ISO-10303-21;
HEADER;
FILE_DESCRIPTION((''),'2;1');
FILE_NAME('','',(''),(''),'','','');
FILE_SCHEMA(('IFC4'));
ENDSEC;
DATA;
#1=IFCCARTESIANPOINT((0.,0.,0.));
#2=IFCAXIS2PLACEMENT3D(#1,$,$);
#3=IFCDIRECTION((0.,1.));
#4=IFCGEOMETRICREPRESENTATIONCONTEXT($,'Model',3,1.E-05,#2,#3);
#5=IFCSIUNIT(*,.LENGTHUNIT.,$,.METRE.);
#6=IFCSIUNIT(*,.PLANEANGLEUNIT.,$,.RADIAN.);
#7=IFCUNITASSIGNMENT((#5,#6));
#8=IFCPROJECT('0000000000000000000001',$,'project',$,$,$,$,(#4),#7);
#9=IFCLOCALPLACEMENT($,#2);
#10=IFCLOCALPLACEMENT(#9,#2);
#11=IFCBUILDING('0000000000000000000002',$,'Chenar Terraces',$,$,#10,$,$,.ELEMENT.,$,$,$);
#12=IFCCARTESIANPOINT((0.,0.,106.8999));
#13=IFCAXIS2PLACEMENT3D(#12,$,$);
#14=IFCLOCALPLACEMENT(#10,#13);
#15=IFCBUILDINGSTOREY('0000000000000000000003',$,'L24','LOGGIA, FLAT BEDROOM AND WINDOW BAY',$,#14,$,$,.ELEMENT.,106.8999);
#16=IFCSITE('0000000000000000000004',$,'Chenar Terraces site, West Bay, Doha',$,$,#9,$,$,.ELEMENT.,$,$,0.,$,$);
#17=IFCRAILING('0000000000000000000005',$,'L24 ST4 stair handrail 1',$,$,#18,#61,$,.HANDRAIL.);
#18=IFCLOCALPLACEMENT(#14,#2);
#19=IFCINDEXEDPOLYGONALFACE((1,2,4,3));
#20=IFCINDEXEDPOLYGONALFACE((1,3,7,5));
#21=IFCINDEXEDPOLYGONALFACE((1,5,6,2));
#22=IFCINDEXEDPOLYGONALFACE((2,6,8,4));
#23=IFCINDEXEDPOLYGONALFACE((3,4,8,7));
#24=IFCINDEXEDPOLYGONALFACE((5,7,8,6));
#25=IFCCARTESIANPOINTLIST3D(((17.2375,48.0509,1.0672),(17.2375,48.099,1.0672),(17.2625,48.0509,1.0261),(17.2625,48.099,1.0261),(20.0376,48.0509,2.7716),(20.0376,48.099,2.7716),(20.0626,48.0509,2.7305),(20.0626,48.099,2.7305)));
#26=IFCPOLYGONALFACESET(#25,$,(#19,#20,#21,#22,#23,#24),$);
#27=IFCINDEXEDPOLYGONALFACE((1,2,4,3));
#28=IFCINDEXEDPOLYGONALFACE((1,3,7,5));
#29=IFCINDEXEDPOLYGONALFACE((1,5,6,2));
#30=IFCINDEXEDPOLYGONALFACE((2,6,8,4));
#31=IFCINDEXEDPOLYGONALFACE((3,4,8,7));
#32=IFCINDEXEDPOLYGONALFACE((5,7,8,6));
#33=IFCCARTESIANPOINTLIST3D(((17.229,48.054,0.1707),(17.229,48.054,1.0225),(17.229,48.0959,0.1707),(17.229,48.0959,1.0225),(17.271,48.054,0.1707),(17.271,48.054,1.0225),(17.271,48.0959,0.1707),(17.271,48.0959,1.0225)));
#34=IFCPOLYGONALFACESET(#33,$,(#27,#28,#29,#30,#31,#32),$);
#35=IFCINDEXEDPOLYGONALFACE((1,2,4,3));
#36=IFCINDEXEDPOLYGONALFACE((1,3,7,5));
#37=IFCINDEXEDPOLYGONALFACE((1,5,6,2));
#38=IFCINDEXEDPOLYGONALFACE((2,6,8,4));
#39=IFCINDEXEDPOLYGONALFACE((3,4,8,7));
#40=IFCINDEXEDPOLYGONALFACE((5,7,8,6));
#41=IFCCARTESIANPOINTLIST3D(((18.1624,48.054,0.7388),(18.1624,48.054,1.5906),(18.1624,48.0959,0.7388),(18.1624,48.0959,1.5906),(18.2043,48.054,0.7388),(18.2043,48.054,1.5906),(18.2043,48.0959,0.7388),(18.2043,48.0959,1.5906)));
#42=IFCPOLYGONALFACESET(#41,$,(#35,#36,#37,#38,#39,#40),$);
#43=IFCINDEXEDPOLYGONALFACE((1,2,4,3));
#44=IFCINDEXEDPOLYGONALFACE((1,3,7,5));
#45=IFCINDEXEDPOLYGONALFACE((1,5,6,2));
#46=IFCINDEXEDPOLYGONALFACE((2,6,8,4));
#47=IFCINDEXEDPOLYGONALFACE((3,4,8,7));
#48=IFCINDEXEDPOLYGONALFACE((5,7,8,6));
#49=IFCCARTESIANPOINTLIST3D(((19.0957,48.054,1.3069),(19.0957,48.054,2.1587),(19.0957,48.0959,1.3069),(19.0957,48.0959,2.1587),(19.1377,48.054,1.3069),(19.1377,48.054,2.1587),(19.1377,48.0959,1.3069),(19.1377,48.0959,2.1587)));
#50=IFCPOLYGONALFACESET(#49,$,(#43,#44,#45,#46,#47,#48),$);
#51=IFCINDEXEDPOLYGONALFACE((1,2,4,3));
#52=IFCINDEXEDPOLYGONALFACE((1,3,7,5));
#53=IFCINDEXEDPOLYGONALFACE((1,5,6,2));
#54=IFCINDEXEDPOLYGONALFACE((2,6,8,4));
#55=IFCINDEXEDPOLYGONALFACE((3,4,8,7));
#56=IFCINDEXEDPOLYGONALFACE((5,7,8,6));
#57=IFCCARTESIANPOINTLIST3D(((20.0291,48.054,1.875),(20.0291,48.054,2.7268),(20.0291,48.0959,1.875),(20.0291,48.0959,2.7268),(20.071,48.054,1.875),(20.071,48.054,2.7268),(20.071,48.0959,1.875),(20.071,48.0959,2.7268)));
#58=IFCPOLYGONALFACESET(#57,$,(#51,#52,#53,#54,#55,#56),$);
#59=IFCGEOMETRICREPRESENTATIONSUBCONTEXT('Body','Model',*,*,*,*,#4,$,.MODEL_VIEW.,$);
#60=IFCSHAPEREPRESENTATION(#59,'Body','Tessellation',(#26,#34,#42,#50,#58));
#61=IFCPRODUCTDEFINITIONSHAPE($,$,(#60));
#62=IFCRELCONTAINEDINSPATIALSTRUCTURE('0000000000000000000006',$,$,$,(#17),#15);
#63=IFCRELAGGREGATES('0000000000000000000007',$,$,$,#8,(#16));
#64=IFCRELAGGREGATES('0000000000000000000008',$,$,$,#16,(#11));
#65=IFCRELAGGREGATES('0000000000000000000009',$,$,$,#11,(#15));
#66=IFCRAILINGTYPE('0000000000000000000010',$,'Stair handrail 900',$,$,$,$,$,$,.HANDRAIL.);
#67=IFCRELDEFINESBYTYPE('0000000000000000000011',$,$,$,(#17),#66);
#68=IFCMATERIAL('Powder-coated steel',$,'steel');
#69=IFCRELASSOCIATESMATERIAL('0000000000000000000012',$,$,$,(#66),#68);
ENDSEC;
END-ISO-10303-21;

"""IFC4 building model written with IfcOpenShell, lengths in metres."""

from ifc_helpers import new_model, si_unit, direction, frame, origin, origin_2d, place, context, subcontext, project, spatial, rectangle, extrude, material, type_object, element, save


model = new_model("IFC4")

# Units and contexts
model_context = context("Model", 3, precision=1e-05, world=origin(), true_north=direction((0.0, 1.0)))
body_context = subcontext(model_context, "Body", "Model", "MODEL_VIEW")
ifc_project = project(units=[si_unit("LENGTHUNIT", "METRE"), si_unit("PLANEANGLEUNIT", "RADIAN")], contexts=[model_context])

# Site, building, storey
site_placement = place(None, origin())
site = spatial("IfcSite", under=ifc_project, at=site_placement, Name="Chenar Terraces site, West Bay, Doha", CompositionType="ELEMENT", RefElevation=0.0)
building_placement = place(site_placement, origin())
building = spatial("IfcBuilding", under=site, at=building_placement, Name="Chenar Terraces", CompositionType="ELEMENT")
storey_placement = place(building_placement, frame((0.0, 0.0, 106.8999)))
storey = spatial("IfcBuildingStorey", under=building, at=storey_placement, Name="L24", Description="LOGGIA, FLAT BEDROOM AND WINDOW BAY", CompositionType="ELEMENT", Elevation=106.8999)

# Railing
ifc_material_1 = material(Name="Powder-coated steel", Category="steel")
railing_type_1 = type_object("IfcRailingType", Name="Stair handrail 900", PredefinedType="HANDRAIL", material=ifc_material_1)
railing_1_placement = place(storey_placement, frame((17.25, 48.075, 0.1707)))
element("IfcRailing", 1, at=railing_1_placement, inside=storey, type_object=railing_type_1, Name="L24 ST4 stair handrail 1", PredefinedType="HANDRAIL", context=body_context, shape_type="SweptSolid", body=[
    extrude(rectangle(XDim=0.0481, YDim=0.0481, at=origin_2d()), frame((0.0, 0.0, 0.876), z_axis=(0.854203, 0.0, 0.51994), x_axis=(0.0, 1.0, 0.0)), (0.0, 0.0, 1.0), 3.2781),
    extrude(rectangle(XDim=0.042, YDim=0.042, at=origin_2d()), origin(), (0.0, 0.0, 1.0), 0.8518),
    extrude(rectangle(XDim=0.042, YDim=0.042, at=origin_2d()), frame((0.9333, 0.0, 0.5681)), (0.0, 0.0, 1.0), 0.8518),
    extrude(rectangle(XDim=0.042, YDim=0.042, at=origin_2d()), frame((1.8667, 0.0, 1.1362)), (0.0, 0.0, 1.0), 0.8518),
    extrude(rectangle(XDim=0.042, YDim=0.042, at=origin_2d()), frame((2.8, 0.0, 1.7043)), (0.0, 0.0, 1.0), 0.8518),
])

save(model, "model.ifc")
